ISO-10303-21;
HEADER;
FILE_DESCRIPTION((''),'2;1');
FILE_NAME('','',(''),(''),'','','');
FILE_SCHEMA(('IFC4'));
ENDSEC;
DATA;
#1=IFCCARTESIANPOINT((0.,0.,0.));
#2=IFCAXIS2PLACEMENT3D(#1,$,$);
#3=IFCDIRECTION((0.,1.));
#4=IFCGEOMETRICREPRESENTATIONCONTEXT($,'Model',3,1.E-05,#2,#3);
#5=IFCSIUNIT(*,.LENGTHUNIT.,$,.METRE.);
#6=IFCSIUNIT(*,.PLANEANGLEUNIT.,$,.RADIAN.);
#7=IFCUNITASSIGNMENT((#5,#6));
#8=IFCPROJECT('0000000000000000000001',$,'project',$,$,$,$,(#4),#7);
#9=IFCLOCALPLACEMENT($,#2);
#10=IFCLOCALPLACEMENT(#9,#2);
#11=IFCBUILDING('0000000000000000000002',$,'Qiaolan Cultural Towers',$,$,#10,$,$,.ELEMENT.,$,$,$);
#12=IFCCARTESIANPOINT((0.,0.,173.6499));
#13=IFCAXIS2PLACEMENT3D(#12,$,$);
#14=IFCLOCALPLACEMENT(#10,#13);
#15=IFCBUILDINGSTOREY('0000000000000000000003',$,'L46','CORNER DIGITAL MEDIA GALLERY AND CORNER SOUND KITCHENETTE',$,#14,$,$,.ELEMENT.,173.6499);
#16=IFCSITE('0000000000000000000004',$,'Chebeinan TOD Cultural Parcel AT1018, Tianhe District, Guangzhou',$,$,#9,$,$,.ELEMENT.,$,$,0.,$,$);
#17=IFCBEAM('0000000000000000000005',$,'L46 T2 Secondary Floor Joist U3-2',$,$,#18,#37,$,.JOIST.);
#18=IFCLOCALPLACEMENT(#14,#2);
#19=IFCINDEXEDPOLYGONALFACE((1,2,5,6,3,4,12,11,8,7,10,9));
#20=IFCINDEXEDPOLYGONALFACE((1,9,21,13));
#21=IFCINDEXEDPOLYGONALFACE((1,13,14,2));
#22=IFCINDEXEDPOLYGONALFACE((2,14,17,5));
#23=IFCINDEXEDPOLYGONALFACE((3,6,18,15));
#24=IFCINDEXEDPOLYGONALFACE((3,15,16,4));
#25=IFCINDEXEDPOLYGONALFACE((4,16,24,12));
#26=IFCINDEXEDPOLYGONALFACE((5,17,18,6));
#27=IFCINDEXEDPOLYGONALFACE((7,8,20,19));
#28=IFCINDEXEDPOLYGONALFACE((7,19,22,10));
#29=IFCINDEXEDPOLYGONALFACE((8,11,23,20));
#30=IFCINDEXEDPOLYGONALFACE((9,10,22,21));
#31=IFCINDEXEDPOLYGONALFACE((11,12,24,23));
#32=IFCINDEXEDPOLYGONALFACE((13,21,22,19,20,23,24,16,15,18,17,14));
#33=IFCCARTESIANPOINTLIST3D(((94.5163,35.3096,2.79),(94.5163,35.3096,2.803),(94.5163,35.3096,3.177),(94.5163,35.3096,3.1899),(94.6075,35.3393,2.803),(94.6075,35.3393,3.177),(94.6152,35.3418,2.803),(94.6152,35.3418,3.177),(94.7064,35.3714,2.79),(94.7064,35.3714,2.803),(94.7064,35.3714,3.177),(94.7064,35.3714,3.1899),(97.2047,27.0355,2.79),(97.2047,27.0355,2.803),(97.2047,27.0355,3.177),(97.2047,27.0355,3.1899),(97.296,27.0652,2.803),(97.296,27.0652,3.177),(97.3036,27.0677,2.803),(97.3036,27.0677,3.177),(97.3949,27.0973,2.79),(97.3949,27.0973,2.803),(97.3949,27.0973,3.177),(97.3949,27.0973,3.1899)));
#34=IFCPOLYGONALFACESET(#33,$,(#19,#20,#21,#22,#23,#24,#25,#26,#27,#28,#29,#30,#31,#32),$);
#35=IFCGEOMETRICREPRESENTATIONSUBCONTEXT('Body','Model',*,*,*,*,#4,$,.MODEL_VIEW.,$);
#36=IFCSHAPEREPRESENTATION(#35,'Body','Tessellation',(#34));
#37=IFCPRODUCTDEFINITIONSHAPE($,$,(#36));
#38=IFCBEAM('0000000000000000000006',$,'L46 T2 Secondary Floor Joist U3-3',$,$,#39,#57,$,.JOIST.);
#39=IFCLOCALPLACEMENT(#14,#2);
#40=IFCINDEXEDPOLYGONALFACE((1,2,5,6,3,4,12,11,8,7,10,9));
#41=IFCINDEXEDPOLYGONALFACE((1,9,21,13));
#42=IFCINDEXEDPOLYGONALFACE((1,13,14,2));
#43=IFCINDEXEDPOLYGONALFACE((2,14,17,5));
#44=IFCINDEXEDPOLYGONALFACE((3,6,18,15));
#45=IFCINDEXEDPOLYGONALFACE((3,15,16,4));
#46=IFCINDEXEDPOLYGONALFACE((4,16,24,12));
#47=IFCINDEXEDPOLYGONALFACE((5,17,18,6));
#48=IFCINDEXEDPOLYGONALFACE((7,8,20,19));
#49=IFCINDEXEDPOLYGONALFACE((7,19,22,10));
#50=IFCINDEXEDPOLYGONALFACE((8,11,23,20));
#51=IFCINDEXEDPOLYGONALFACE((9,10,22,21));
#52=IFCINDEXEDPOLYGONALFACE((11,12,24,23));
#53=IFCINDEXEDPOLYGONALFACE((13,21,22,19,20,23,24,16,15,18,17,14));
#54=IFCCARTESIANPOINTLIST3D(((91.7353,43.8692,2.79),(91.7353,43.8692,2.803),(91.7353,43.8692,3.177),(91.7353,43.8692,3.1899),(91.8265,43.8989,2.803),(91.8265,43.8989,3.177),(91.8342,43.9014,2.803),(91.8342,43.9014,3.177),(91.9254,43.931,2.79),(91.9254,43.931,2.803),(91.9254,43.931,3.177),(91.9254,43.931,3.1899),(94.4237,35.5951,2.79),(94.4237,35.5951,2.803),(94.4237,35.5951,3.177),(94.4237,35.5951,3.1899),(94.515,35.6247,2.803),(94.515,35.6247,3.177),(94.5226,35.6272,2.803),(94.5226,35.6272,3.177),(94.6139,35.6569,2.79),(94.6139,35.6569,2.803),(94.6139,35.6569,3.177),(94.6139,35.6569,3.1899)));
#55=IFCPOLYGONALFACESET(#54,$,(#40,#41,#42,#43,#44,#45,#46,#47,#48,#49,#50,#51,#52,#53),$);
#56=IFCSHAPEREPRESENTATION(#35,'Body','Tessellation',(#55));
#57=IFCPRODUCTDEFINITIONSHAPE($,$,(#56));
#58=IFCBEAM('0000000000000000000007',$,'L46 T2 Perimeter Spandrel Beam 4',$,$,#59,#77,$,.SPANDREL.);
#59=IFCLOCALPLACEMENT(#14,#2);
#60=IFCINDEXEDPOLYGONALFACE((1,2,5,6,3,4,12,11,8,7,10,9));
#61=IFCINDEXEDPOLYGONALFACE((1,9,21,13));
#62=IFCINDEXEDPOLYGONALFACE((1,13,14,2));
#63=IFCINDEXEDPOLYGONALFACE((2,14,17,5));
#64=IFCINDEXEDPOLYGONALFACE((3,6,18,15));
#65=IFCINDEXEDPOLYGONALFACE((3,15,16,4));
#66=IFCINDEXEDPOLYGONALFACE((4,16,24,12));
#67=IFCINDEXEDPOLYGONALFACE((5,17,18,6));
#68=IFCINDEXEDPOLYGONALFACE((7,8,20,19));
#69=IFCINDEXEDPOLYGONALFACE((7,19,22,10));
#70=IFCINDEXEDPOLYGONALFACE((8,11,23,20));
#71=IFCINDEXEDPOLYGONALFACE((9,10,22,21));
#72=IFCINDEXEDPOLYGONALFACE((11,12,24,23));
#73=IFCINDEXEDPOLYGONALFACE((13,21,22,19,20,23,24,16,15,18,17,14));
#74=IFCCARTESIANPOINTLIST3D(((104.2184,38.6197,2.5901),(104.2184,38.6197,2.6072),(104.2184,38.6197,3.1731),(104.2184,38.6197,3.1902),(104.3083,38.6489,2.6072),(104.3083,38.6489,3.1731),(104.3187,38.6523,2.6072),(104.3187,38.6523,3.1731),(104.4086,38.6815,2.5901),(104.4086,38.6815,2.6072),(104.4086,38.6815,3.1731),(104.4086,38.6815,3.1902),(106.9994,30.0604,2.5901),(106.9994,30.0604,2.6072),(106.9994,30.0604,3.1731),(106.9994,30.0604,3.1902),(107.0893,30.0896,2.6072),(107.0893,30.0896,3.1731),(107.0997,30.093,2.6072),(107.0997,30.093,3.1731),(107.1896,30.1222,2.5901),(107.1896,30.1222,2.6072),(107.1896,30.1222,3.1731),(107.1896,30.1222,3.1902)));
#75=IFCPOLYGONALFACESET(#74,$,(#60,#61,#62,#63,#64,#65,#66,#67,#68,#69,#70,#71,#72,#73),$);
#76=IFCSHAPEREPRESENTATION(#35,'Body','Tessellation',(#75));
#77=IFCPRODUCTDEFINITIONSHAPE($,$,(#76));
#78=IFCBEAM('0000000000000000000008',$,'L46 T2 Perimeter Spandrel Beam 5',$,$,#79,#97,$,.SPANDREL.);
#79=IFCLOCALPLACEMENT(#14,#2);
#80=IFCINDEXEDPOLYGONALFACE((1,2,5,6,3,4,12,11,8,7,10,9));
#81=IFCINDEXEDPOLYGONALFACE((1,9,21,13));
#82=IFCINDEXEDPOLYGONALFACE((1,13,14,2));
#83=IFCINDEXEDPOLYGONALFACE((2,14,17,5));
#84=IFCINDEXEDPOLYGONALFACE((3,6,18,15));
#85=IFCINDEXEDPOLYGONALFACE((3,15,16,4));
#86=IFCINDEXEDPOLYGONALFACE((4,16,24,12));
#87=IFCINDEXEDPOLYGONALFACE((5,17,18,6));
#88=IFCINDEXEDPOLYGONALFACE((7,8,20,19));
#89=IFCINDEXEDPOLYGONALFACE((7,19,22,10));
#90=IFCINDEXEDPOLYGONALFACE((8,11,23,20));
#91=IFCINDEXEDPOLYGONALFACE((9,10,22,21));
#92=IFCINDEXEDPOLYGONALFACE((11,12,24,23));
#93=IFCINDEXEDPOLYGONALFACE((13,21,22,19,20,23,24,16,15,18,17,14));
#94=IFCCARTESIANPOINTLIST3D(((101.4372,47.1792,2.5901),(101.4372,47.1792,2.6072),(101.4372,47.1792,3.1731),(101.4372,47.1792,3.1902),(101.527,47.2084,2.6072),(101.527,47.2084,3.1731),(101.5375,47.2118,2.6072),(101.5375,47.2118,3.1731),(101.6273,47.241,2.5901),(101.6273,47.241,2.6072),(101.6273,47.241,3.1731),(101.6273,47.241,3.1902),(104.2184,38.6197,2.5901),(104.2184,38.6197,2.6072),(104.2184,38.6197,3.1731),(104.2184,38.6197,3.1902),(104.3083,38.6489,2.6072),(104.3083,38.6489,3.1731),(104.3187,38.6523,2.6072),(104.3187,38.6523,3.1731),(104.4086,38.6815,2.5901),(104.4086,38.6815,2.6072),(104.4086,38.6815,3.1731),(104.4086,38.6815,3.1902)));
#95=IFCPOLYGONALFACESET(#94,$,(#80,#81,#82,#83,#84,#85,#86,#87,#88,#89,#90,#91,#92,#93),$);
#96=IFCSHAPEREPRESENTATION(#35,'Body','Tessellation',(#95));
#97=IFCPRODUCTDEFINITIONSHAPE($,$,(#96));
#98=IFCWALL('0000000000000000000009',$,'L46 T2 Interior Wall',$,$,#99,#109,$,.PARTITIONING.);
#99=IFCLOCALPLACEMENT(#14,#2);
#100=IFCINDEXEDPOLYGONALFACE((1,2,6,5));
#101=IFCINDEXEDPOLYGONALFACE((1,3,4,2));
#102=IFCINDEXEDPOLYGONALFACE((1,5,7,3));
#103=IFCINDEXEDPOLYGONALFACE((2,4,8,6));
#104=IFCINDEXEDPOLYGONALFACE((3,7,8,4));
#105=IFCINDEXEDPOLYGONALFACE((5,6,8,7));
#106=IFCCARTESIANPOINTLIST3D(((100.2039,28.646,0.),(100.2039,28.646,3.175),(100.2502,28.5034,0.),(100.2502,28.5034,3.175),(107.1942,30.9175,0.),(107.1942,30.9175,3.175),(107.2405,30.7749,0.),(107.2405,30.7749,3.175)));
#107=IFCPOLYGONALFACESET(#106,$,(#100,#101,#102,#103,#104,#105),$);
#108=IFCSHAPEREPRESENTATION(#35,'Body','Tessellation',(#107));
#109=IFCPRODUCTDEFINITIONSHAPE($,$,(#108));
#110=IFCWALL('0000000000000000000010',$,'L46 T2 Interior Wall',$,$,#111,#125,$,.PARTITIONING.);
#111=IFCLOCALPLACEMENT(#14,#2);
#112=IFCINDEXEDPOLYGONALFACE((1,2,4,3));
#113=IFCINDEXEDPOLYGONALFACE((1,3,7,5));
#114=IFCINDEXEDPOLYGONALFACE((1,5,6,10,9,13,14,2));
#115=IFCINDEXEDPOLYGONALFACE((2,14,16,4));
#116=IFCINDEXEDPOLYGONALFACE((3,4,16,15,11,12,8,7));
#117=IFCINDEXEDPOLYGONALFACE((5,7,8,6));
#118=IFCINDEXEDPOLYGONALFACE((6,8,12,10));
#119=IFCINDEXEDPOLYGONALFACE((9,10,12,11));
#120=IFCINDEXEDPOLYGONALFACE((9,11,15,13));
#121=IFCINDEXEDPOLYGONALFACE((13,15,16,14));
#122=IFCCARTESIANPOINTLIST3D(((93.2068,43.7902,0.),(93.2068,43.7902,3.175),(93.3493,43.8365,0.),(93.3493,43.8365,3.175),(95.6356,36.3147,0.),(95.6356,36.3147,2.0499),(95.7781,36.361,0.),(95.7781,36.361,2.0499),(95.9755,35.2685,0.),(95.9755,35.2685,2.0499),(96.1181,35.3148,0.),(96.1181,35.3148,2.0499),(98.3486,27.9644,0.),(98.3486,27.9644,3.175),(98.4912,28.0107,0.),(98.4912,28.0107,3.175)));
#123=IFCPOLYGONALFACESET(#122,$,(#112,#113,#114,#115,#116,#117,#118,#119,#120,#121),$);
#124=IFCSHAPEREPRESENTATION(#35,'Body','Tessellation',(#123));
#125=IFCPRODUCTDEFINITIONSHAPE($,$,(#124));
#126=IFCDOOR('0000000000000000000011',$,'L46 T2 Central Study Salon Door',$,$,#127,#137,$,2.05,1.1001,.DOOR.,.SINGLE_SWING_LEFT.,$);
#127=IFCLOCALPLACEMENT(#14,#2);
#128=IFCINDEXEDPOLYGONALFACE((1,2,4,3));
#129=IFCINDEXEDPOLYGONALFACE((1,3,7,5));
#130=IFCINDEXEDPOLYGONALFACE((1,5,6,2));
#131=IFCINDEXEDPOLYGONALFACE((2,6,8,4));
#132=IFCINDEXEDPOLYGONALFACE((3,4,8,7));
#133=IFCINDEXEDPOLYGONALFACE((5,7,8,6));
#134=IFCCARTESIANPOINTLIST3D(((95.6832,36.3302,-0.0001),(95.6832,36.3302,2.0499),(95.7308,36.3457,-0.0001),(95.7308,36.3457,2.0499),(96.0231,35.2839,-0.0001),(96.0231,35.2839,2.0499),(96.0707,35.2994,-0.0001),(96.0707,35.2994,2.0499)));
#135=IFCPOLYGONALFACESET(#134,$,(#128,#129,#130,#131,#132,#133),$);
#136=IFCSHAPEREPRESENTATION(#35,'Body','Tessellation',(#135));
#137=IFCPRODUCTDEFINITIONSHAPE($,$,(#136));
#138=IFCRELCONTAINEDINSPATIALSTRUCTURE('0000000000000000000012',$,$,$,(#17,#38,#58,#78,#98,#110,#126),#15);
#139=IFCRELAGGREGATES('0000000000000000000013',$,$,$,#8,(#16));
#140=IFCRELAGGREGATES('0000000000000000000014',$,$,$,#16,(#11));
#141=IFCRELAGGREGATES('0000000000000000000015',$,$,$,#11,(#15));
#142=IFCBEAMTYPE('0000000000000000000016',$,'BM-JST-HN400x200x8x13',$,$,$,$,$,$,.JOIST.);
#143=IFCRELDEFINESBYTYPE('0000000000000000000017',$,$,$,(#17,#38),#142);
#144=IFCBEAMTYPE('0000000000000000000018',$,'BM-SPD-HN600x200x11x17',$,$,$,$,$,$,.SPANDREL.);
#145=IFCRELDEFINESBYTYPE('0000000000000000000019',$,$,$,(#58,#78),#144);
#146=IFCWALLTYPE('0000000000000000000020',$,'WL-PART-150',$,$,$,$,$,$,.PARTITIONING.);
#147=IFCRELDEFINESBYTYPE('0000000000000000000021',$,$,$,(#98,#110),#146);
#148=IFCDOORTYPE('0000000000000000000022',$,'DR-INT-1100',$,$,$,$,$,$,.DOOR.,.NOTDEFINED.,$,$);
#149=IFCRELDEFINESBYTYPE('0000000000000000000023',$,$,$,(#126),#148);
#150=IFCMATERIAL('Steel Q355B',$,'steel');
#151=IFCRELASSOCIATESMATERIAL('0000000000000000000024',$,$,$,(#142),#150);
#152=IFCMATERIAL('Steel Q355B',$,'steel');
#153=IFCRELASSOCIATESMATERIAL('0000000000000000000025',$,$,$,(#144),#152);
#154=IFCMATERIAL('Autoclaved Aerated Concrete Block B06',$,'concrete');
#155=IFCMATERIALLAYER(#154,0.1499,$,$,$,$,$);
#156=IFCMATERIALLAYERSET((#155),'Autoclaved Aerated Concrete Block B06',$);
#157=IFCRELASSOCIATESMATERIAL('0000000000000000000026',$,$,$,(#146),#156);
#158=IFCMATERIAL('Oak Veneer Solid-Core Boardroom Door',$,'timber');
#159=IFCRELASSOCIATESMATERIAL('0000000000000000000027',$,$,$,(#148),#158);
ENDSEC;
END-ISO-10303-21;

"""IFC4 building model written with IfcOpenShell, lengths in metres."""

from ifc_helpers import new_model, si_unit, direction, frame, frame_2d, origin, origin_2d, place, context, subcontext, project, spatial, rectangle, i_section, extrude, material, layer, layer_set, material_profile, profile_set, type_object, element, fill, save


model = new_model("IFC4")

# Units and contexts
model_context = context("Model", 3, precision=1e-05, world=origin(), true_north=direction((0.0, 1.0)))
body_context = subcontext(model_context, "Body", "Model", "MODEL_VIEW")
ifc_project = project(units=[si_unit("LENGTHUNIT", "METRE"), si_unit("PLANEANGLEUNIT", "RADIAN")], contexts=[model_context])

# Site, building, storey
site_placement = place(None, origin())
site = spatial("IfcSite", under=ifc_project, at=site_placement, Name="Chebeinan TOD Cultural Parcel AT1018, Tianhe District, Guangzhou", CompositionType="ELEMENT", RefElevation=0.0)
building_placement = place(site_placement, origin())
building = spatial("IfcBuilding", under=site, at=building_placement, Name="Qiaolan Cultural Towers", CompositionType="ELEMENT")
storey_placement = place(building_placement, frame((0.0, 0.0, 173.6499)))
storey = spatial("IfcBuildingStorey", under=building, at=storey_placement, Name="L46", Description="CORNER DIGITAL MEDIA GALLERY AND CORNER SOUND KITCHENETTE", CompositionType="ELEMENT", Elevation=173.6499)

# Beams
ifc_material_1 = material(Name="Steel Q355B", Category="steel")
ifc_material_profile_1 = material_profile(ifc_material_1, i_section(OverallWidth=0.2, OverallDepth=0.3999, WebThickness=0.0081, FlangeThickness=0.0129, at=origin_2d()), Name="HN400x200x8x13")
ifc_profile_set_1 = profile_set([ifc_material_profile_1], Name="Steel Q355B")
beam_type_1 = type_object("IfcBeamType", Name="BM-JST-HN400x200x8x13", PredefinedType="JOIST", material=ifc_profile_set_1)
for number, where, z_axis, x_axis, name in (
    (1, (97.2998, 27.0664, 2.99), (-0.309021, 0.951055, 0.0), (-0.951055, -0.309021, 0.0), "L46 T2 Secondary Floor Joist U3-2"),
    (2, (94.5188, 35.626, 2.99), (-0.309021, 0.951055, 0.0), (-0.951055, -0.309021, 0.0), "L46 T2 Secondary Floor Joist U3-3"),
):
    element("IfcBeam", number, at=place(storey_placement, frame(where, z_axis=z_axis, x_axis=x_axis)), inside=storey, type_object=beam_type_1, Name=name, PredefinedType="JOIST", context=body_context, shape_type="SweptSolid", body=[
        extrude(i_section(OverallWidth=0.2, OverallDepth=0.3999, WebThickness=0.0081, FlangeThickness=0.0129, at=origin_2d()), origin(), (0.0, 0.0, 1.0), 8.7),
    ])
ifc_material_2 = material(Name="Steel Q355B", Category="steel")
ifc_material_profile_2 = material_profile(ifc_material_2, i_section(OverallWidth=0.2, OverallDepth=0.6001, WebThickness=0.011, FlangeThickness=0.0171, at=origin_2d()), Name="HN600x200x11x17")
ifc_profile_set_2 = profile_set([ifc_material_profile_2], Name="Steel Q355B")
beam_type_2 = type_object("IfcBeamType", Name="BM-SPD-HN600x200x11x17", PredefinedType="SPANDREL", material=ifc_profile_set_2)
beam_1_placement = place(storey_placement, frame((107.0945, 30.0913, 2.8901), z_axis=(-0.309008, 0.951059, 0.0), x_axis=(-0.951059, -0.309008, 0.0)))
element("IfcBeam", 3, at=beam_1_placement, inside=storey, type_object=beam_type_2, Name="L46 T2 Perimeter Spandrel Beam 4", PredefinedType="SPANDREL", context=body_context, shape_type="SweptSolid", body=[
    extrude(i_section(OverallWidth=0.2, OverallDepth=0.6001, WebThickness=0.011, FlangeThickness=0.0171, at=origin_2d()), origin(), (0.0, 0.0, 1.0), 8.9998),
])
beam_2_placement = place(storey_placement, frame((104.3135, 38.6506, 2.8901), z_axis=(-0.309025, 0.951054, 0.0), x_axis=(-0.951054, -0.309025, 0.0)))
element("IfcBeam", 4, at=beam_2_placement, inside=storey, type_object=beam_type_2, Name="L46 T2 Perimeter Spandrel Beam 5", PredefinedType="SPANDREL", context=body_context, shape_type="SweptSolid", body=[
    extrude(i_section(OverallWidth=0.2, OverallDepth=0.6001, WebThickness=0.011, FlangeThickness=0.0171, at=origin_2d()), origin(), (0.0, 0.0, 1.0), 9.0),
])

# Wall
ifc_material_3 = material(Name="Autoclaved Aerated Concrete Block B06", Category="concrete")
ifc_layer_1 = layer(ifc_material_3, 0.1499)
ifc_layer_set_1 = layer_set([ifc_layer_1], Name="Autoclaved Aerated Concrete Block B06")
wall_type_1 = type_object("IfcWallType", Name="WL-PART-150", PredefinedType="PARTITIONING", material=ifc_layer_set_1)
wall_1_placement = place(storey_placement, frame((100.2271, 28.5747, 0.0), z_axis=(0.0, 0.0, 1.0), x_axis=(0.951048, 0.309044, 0.0)))
element("IfcWall", 5, at=wall_1_placement, inside=storey, type_object=wall_type_1, Name="L46 T2 Interior Wall", PredefinedType="PARTITIONING", context=body_context, shape_type="SweptSolid", body=[
    extrude(rectangle(XDim=7.3501, YDim=0.1499, at=frame_2d((3.675, 0.0))), origin(), (0.0, 0.0, 1.0), 3.175),
])

# Wall, opening, door
wall_2_placement = place(storey_placement, frame((98.4199, 27.9875, 0.0), z_axis=(0.0, 0.0, 1.0), x_axis=(-0.309004, 0.951061, 0.0)))
wall_2 = element("IfcWall", 6, at=wall_2_placement, inside=storey, type_object=wall_type_1, Name="L46 T2 Interior Wall", PredefinedType="PARTITIONING", context=body_context, shape_type="SweptSolid", body=[
    extrude(rectangle(XDim=16.6401, YDim=0.1499, at=frame_2d((8.3201, 0.0))), origin(), (0.0, 0.0, 1.0), 3.175),
])
opening_1_placement = place(wall_2_placement, frame((7.6799, 0.0, 0.0)))
opening_1 = element("IfcOpeningElement", 7, at=opening_1_placement, cuts=wall_2, PredefinedType="OPENING", context=body_context, shape_type="SweptSolid", body=[
    extrude(rectangle(XDim=1.1001, YDim=2.05, at=frame_2d((0.55, 1.0249))), frame((0.0, 0.085, 0.0), z_axis=(0.0, -1.0, 0.0), x_axis=(1.0, 0.0, 0.0)), (0.0, 0.0, 1.0), 0.1699),
])
ifc_material_4 = material(Name="Oak Veneer Solid-Core Boardroom Door", Category="timber")
door_type_1 = type_object("IfcDoorType", Name="DR-INT-1100", OperationType="NOTDEFINED", PredefinedType="DOOR", material=ifc_material_4)
door_1_placement = place(opening_1_placement, origin())
door_1 = element("IfcDoor", 8, at=door_1_placement, inside=storey, type_object=door_type_1, Name="L46 T2 Central Study Salon Door", OperationType="SINGLE_SWING_LEFT", OverallHeight=2.05, OverallWidth=1.1001, PredefinedType="DOOR", context=body_context, shape_type="SweptSolid", body=[
    extrude(rectangle(XDim=1.1001, YDim=2.05, at=frame_2d((0.55, 1.0249))), frame((0.0, 0.0249, 0.0), z_axis=(0.0, -1.0, 0.0), x_axis=(1.0, 0.0, 0.0)), (0.0, 0.0, 1.0), 0.05),
])
fill(opening_1, door_1)

save(model, "model.ifc")
